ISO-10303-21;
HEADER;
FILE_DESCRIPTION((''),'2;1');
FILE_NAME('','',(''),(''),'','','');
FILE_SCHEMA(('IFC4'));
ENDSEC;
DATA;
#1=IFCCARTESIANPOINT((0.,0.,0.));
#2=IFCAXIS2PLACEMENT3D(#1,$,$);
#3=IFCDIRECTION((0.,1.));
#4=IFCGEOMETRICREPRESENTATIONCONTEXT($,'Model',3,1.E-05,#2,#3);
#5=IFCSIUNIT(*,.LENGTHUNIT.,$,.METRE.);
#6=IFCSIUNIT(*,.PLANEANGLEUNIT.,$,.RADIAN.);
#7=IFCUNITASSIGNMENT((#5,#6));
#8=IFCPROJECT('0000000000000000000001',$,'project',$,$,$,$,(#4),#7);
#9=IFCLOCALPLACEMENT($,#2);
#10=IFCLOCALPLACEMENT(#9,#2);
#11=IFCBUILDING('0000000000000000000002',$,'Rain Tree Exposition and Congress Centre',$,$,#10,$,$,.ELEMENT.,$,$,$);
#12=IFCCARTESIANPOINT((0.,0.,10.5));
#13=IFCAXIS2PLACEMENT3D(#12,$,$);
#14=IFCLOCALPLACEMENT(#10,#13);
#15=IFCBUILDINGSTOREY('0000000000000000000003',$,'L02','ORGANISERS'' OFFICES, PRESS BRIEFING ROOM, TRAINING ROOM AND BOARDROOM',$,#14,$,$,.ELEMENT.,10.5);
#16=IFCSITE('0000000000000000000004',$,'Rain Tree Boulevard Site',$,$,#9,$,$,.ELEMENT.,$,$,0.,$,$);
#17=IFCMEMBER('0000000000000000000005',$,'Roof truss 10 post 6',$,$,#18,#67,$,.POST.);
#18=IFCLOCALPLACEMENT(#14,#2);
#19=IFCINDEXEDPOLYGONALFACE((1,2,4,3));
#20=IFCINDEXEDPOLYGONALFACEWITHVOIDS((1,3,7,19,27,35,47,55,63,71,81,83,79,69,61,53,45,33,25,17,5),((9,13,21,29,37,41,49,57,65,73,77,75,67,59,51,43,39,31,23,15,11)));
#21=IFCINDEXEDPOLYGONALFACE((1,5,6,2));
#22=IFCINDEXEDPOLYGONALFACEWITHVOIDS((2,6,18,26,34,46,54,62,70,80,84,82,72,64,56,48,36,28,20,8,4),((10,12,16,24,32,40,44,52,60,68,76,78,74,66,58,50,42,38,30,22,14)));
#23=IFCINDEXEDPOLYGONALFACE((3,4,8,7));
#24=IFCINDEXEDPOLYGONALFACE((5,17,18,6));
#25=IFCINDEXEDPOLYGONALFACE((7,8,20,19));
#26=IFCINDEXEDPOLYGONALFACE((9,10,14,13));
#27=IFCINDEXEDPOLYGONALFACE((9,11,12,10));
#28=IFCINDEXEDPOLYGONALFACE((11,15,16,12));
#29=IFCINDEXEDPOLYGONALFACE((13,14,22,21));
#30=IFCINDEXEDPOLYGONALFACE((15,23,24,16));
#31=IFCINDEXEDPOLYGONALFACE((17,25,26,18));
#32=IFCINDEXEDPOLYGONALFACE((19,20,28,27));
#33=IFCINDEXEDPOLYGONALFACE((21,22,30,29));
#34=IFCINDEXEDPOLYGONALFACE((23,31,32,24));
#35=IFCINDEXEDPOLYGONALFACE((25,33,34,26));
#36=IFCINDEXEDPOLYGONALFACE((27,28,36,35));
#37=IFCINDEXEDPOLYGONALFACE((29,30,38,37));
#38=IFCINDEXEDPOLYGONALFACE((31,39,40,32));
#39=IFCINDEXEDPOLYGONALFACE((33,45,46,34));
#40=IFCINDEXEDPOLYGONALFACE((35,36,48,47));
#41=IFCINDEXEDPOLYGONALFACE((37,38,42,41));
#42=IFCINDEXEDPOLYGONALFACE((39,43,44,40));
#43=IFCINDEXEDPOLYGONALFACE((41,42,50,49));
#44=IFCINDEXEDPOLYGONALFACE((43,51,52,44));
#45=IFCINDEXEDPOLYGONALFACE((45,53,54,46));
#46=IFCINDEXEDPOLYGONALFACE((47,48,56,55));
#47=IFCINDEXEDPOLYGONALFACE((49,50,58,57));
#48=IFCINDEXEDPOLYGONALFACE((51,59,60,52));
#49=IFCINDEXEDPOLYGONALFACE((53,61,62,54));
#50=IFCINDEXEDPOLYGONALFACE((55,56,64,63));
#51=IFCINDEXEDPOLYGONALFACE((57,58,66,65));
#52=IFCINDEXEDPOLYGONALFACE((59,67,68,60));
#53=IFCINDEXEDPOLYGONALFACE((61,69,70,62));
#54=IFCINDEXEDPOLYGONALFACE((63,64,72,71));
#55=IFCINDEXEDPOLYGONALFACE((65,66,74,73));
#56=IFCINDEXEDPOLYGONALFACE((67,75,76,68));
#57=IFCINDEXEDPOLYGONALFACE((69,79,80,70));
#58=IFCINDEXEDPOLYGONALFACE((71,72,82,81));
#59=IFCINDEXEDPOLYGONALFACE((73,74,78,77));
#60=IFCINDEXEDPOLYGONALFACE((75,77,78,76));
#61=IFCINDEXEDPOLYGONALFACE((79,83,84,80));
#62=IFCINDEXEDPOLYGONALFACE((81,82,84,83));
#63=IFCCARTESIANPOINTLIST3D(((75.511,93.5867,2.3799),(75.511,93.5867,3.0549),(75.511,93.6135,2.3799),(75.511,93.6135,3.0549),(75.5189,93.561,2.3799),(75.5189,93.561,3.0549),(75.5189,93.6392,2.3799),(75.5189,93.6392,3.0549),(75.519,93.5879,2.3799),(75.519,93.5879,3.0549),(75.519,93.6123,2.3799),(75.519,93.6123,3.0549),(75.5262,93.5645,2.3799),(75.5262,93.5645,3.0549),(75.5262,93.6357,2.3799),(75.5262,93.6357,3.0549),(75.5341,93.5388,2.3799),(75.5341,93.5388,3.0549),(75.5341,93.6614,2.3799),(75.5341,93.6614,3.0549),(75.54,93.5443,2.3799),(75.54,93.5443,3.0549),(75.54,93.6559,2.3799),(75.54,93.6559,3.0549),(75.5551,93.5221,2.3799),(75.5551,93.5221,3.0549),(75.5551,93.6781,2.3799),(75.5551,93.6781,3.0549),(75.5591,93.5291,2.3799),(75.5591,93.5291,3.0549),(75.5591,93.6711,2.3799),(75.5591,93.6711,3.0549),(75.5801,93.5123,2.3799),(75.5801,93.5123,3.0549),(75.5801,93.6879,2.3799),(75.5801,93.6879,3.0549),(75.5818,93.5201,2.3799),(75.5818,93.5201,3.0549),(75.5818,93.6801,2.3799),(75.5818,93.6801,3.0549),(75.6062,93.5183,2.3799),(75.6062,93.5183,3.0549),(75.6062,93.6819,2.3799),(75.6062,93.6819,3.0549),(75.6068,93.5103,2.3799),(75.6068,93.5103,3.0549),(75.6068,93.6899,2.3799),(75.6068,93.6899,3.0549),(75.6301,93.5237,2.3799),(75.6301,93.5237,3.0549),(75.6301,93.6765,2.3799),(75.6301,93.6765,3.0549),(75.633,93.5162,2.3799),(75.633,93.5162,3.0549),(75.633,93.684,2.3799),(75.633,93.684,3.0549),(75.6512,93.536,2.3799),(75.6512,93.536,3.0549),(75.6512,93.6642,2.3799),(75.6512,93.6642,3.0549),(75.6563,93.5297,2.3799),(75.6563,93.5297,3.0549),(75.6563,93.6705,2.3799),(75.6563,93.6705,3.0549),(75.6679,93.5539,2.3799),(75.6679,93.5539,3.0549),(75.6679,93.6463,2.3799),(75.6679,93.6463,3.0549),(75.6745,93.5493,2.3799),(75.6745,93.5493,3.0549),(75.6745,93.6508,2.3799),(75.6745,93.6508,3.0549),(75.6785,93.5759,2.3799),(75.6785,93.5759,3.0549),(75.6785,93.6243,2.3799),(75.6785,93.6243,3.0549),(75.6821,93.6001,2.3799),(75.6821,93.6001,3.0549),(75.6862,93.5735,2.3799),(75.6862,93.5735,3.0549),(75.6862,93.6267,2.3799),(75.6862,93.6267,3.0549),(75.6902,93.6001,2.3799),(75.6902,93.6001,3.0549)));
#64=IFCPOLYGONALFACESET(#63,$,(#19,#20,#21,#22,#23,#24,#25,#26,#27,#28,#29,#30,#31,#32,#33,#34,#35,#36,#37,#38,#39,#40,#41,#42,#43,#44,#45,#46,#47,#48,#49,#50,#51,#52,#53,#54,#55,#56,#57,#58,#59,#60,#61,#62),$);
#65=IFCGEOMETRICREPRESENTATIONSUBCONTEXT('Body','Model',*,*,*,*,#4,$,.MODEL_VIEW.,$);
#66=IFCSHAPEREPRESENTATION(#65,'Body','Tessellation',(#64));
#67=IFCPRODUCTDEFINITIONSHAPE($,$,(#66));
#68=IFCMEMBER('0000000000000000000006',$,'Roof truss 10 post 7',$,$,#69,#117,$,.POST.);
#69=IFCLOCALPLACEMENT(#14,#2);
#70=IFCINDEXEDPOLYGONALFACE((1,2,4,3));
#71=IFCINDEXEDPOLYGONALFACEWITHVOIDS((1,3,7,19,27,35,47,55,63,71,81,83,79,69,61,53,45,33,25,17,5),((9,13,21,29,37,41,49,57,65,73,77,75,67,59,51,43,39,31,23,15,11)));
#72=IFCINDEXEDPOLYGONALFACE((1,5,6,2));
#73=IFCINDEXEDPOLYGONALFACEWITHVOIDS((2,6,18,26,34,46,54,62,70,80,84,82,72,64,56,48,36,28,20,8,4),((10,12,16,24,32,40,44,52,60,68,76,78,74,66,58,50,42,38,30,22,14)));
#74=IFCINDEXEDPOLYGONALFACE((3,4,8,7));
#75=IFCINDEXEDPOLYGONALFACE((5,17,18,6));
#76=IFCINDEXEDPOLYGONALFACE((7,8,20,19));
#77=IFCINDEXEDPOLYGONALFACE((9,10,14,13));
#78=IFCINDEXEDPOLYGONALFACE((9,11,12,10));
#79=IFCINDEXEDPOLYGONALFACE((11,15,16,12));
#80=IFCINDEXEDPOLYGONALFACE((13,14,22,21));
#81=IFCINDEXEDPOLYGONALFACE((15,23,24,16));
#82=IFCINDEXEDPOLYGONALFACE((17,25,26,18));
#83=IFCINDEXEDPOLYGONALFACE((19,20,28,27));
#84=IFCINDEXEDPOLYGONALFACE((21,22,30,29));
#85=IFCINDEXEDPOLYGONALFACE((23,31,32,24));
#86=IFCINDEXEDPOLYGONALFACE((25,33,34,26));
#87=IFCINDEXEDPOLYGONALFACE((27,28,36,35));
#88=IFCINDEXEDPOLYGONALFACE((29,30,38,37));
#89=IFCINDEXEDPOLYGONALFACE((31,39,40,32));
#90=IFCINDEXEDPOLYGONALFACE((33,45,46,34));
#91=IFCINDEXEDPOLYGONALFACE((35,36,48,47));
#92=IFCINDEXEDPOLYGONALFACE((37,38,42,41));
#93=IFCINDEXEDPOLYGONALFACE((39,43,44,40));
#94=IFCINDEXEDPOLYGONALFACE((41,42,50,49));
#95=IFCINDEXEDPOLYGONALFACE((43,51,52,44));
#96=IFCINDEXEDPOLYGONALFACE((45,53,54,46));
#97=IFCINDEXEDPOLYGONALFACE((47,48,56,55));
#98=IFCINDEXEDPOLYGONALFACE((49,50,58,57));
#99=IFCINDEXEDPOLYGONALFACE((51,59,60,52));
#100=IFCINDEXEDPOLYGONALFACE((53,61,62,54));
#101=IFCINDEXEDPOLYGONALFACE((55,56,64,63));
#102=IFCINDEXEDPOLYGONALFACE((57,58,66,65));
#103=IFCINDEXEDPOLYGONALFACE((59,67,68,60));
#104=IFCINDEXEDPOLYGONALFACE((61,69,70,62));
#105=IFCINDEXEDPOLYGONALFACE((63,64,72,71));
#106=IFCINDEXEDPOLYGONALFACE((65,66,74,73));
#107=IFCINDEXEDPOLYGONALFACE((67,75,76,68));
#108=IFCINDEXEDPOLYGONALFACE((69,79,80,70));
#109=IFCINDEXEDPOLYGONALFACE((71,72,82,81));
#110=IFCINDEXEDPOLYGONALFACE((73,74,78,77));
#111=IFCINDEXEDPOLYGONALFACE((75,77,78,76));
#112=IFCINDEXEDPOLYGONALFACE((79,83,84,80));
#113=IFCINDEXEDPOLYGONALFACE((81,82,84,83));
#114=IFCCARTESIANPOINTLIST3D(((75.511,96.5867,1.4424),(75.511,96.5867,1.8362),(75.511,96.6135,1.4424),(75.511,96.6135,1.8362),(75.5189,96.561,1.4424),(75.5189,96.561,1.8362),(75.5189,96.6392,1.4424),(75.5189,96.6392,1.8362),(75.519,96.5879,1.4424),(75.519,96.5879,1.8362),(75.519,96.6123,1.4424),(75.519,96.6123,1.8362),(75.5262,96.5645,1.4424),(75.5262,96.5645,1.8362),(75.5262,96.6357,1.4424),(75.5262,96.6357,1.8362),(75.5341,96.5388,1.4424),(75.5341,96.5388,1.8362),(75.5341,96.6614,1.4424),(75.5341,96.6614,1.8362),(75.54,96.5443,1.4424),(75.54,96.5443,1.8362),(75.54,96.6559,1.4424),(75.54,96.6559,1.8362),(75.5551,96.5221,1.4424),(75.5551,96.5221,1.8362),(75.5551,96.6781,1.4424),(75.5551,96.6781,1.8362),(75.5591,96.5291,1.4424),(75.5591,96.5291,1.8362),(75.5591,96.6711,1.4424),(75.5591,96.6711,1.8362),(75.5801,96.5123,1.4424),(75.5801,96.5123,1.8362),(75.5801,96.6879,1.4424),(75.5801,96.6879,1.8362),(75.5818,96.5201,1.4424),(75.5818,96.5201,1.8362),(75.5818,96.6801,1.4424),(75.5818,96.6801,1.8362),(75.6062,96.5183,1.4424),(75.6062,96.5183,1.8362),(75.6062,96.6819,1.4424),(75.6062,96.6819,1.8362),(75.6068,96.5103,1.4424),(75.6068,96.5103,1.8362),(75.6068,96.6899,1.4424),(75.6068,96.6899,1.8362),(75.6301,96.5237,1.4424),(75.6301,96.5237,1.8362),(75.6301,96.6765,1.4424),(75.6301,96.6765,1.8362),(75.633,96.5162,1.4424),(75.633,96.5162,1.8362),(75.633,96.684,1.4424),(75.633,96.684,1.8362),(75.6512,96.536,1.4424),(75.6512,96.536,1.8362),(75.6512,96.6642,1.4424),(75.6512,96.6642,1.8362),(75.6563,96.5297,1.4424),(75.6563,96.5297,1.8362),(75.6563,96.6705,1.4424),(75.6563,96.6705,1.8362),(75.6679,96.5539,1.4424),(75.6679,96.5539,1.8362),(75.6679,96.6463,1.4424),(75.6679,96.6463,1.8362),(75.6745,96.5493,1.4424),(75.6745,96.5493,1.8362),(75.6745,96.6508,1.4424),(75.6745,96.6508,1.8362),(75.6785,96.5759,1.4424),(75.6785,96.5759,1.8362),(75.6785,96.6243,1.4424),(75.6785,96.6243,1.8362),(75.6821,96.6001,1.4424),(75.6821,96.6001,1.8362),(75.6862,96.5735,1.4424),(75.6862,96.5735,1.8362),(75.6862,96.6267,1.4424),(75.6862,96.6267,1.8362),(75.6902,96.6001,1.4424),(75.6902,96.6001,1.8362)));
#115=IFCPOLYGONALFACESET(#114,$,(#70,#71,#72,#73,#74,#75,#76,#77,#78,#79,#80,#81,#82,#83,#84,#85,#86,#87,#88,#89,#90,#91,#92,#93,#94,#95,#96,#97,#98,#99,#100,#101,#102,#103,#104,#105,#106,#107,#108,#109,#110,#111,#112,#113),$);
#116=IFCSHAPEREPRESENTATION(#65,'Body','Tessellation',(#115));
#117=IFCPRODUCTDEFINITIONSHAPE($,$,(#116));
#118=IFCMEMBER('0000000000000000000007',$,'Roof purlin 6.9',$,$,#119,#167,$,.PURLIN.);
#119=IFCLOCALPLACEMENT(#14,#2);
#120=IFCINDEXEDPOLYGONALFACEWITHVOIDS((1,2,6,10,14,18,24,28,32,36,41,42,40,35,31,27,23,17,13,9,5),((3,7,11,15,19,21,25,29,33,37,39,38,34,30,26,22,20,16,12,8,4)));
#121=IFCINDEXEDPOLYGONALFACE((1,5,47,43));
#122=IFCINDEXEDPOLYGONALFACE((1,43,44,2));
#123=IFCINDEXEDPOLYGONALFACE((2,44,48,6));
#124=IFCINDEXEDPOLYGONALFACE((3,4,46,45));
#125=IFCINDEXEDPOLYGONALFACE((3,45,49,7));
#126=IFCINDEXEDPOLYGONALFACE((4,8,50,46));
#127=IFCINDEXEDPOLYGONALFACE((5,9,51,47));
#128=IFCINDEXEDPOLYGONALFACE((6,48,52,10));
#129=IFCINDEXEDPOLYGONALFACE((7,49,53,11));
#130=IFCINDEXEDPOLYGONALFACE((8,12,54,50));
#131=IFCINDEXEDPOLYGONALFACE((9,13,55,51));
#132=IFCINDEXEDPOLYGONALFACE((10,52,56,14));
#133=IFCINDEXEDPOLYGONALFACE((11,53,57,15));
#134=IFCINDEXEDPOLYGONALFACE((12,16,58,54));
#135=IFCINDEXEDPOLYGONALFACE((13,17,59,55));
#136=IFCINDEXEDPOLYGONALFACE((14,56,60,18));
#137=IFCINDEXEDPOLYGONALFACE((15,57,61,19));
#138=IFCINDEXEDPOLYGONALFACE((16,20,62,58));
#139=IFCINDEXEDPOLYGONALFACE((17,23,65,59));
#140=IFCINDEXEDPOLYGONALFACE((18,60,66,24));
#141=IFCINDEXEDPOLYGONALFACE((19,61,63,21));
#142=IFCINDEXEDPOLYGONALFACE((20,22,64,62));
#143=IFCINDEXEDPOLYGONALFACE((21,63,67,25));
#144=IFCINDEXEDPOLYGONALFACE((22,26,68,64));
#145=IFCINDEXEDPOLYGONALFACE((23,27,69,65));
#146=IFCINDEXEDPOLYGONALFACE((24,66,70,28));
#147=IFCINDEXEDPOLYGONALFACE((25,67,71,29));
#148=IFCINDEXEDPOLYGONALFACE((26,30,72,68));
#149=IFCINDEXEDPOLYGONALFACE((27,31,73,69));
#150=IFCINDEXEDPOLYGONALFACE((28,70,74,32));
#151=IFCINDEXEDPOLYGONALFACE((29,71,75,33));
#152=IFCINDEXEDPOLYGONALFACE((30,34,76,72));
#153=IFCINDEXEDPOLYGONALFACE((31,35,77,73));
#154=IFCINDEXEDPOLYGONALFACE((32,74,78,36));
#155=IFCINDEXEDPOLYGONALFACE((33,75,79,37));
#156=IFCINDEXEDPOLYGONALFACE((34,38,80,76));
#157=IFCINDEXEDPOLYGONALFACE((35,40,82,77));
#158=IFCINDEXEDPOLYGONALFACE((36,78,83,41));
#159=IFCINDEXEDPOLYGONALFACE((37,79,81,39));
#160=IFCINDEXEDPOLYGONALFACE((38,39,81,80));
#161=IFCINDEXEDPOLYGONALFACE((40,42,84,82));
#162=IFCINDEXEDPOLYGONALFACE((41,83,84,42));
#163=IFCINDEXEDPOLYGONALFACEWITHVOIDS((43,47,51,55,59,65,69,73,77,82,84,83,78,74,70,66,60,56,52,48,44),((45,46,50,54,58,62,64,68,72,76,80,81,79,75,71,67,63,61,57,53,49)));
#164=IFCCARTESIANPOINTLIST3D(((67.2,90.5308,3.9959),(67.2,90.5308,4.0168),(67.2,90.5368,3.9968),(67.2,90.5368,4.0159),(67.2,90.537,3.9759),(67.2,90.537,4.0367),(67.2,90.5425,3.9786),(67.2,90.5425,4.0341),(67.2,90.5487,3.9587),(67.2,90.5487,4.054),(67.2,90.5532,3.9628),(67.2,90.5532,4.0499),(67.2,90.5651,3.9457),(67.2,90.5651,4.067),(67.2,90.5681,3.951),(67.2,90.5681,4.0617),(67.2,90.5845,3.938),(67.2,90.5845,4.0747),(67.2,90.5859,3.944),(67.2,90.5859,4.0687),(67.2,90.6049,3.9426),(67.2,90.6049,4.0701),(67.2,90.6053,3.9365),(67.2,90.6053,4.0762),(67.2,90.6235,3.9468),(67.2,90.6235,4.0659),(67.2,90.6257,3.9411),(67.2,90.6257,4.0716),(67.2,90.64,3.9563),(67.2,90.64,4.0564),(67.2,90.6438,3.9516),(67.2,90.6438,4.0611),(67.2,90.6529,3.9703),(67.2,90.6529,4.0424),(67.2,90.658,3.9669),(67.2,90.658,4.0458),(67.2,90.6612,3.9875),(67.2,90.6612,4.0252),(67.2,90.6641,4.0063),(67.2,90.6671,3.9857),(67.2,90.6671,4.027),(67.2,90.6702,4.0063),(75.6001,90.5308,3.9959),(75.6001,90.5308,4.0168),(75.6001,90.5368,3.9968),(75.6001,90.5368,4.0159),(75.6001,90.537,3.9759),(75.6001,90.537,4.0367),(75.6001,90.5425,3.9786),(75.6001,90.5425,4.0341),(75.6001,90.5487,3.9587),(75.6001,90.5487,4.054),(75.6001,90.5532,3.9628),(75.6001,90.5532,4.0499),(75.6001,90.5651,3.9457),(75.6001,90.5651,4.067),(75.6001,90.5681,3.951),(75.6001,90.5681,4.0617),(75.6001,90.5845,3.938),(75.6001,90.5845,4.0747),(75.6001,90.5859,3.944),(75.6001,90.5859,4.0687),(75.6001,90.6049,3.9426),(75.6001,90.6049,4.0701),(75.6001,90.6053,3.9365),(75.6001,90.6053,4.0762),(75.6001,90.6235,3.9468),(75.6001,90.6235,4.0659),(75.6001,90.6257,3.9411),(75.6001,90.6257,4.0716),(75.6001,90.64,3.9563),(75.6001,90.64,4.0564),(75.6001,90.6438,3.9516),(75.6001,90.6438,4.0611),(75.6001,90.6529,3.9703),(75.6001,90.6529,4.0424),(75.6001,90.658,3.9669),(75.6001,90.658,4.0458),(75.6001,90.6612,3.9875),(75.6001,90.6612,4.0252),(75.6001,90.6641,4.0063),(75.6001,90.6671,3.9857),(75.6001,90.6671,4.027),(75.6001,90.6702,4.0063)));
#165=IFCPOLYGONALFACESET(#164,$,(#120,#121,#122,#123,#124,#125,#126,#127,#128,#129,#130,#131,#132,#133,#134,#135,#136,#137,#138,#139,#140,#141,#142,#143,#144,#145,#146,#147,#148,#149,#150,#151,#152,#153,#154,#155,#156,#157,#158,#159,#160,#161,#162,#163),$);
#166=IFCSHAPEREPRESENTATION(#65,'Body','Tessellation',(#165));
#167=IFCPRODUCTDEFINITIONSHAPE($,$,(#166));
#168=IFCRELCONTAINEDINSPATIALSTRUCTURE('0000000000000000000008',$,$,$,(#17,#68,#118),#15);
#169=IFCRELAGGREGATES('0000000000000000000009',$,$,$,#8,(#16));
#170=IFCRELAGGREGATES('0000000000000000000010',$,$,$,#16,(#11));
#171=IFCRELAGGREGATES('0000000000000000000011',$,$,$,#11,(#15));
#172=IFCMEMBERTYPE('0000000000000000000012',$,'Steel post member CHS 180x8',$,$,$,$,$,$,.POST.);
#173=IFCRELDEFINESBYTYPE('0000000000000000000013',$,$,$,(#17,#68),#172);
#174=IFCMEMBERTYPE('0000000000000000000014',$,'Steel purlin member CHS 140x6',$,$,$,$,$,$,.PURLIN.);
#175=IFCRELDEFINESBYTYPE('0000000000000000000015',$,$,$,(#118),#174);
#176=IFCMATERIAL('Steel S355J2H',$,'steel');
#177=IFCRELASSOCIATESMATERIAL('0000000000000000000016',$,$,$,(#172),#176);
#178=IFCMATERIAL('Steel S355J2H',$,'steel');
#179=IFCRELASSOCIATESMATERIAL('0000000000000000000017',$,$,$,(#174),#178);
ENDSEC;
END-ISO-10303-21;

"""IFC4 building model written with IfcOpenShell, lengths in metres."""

from ifc_helpers import new_model, si_unit, direction, frame, origin, origin_2d, place, context, subcontext, project, spatial, hollow_circle, extrude, material, material_profile, profile_set, type_object, element, save


model = new_model("IFC4")

# Units and contexts
model_context = context("Model", 3, precision=1e-05, world=origin(), true_north=direction((0.0, 1.0)))
body_context = subcontext(model_context, "Body", "Model", "MODEL_VIEW")
ifc_project = project(units=[si_unit("LENGTHUNIT", "METRE"), si_unit("PLANEANGLEUNIT", "RADIAN")], contexts=[model_context])

# Site, building, storey
site_placement = place(None, origin())
site = spatial("IfcSite", under=ifc_project, at=site_placement, Name="Rain Tree Boulevard Site", CompositionType="ELEMENT", RefElevation=0.0)
building_placement = place(site_placement, origin())
building = spatial("IfcBuilding", under=site, at=building_placement, Name="Rain Tree Exposition and Congress Centre", CompositionType="ELEMENT")
storey_placement = place(building_placement, frame((0.0, 0.0, 10.5)))
storey = spatial("IfcBuildingStorey", under=building, at=storey_placement, Name="L02", Description="ORGANISERS' OFFICES, PRESS BRIEFING ROOM, TRAINING ROOM AND BOARDROOM", CompositionType="ELEMENT", Elevation=10.5)

# Members
ifc_material_1 = material(Name="Steel S355J2H", Category="steel")
ifc_material_profile_1 = material_profile(ifc_material_1, hollow_circle(Radius=0.0901, WallThickness=0.0081, at=origin_2d()), Name="CHS 180x8")
ifc_profile_set_1 = profile_set([ifc_material_profile_1], Name="Steel S355J2H")
member_type_1 = type_object("IfcMemberType", Name="Steel post member CHS 180x8", PredefinedType="POST", material=ifc_profile_set_1)
member_1_placement = place(storey_placement, frame((75.6001, 93.6001, 2.3799), z_axis=(0.0, 0.0, 1.0), x_axis=(1.0, 0.0, 0.0)))
element("IfcMember", 1, at=member_1_placement, inside=storey, type_object=member_type_1, Name="Roof truss 10 post 6", PredefinedType="POST", context=body_context, shape_type="SweptSolid", body=[
    extrude(hollow_circle(Radius=0.0901, WallThickness=0.0081, at=origin_2d()), origin(), (0.0, 0.0, 1.0), 0.675),
])
member_2_placement = place(storey_placement, frame((75.6001, 96.6001, 1.4424), z_axis=(0.0, 0.0, 1.0), x_axis=(1.0, 0.0, 0.0)))
element("IfcMember", 2, at=member_2_placement, inside=storey, type_object=member_type_1, Name="Roof truss 10 post 7", PredefinedType="POST", context=body_context, shape_type="SweptSolid", body=[
    extrude(hollow_circle(Radius=0.0901, WallThickness=0.0081, at=origin_2d()), origin(), (0.0, 0.0, 1.0), 0.3938),
])
ifc_material_2 = material(Name="Steel S355J2H", Category="steel")
ifc_material_profile_2 = material_profile(ifc_material_2, hollow_circle(Radius=0.0701, WallThickness=0.0061, at=origin_2d()), Name="CHS 140x6")
ifc_profile_set_2 = profile_set([ifc_material_profile_2], Name="Steel S355J2H")
member_type_2 = type_object("IfcMemberType", Name="Steel purlin member CHS 140x6", PredefinedType="PURLIN", material=ifc_profile_set_2)
member_3_placement = place(storey_placement, frame((67.2, 90.6001, 4.0063), z_axis=(1.0, 0.0, 0.0), x_axis=(0.0, 1.0, 0.0)))
element("IfcMember", 3, at=member_3_placement, inside=storey, type_object=member_type_2, Name="Roof purlin 6.9", PredefinedType="PURLIN", context=body_context, shape_type="SweptSolid", body=[
    extrude(hollow_circle(Radius=0.0701, WallThickness=0.0061, at=origin_2d()), origin(), (0.0, 0.0, 1.0), 8.4001),
])

save(model, "model.ifc")
